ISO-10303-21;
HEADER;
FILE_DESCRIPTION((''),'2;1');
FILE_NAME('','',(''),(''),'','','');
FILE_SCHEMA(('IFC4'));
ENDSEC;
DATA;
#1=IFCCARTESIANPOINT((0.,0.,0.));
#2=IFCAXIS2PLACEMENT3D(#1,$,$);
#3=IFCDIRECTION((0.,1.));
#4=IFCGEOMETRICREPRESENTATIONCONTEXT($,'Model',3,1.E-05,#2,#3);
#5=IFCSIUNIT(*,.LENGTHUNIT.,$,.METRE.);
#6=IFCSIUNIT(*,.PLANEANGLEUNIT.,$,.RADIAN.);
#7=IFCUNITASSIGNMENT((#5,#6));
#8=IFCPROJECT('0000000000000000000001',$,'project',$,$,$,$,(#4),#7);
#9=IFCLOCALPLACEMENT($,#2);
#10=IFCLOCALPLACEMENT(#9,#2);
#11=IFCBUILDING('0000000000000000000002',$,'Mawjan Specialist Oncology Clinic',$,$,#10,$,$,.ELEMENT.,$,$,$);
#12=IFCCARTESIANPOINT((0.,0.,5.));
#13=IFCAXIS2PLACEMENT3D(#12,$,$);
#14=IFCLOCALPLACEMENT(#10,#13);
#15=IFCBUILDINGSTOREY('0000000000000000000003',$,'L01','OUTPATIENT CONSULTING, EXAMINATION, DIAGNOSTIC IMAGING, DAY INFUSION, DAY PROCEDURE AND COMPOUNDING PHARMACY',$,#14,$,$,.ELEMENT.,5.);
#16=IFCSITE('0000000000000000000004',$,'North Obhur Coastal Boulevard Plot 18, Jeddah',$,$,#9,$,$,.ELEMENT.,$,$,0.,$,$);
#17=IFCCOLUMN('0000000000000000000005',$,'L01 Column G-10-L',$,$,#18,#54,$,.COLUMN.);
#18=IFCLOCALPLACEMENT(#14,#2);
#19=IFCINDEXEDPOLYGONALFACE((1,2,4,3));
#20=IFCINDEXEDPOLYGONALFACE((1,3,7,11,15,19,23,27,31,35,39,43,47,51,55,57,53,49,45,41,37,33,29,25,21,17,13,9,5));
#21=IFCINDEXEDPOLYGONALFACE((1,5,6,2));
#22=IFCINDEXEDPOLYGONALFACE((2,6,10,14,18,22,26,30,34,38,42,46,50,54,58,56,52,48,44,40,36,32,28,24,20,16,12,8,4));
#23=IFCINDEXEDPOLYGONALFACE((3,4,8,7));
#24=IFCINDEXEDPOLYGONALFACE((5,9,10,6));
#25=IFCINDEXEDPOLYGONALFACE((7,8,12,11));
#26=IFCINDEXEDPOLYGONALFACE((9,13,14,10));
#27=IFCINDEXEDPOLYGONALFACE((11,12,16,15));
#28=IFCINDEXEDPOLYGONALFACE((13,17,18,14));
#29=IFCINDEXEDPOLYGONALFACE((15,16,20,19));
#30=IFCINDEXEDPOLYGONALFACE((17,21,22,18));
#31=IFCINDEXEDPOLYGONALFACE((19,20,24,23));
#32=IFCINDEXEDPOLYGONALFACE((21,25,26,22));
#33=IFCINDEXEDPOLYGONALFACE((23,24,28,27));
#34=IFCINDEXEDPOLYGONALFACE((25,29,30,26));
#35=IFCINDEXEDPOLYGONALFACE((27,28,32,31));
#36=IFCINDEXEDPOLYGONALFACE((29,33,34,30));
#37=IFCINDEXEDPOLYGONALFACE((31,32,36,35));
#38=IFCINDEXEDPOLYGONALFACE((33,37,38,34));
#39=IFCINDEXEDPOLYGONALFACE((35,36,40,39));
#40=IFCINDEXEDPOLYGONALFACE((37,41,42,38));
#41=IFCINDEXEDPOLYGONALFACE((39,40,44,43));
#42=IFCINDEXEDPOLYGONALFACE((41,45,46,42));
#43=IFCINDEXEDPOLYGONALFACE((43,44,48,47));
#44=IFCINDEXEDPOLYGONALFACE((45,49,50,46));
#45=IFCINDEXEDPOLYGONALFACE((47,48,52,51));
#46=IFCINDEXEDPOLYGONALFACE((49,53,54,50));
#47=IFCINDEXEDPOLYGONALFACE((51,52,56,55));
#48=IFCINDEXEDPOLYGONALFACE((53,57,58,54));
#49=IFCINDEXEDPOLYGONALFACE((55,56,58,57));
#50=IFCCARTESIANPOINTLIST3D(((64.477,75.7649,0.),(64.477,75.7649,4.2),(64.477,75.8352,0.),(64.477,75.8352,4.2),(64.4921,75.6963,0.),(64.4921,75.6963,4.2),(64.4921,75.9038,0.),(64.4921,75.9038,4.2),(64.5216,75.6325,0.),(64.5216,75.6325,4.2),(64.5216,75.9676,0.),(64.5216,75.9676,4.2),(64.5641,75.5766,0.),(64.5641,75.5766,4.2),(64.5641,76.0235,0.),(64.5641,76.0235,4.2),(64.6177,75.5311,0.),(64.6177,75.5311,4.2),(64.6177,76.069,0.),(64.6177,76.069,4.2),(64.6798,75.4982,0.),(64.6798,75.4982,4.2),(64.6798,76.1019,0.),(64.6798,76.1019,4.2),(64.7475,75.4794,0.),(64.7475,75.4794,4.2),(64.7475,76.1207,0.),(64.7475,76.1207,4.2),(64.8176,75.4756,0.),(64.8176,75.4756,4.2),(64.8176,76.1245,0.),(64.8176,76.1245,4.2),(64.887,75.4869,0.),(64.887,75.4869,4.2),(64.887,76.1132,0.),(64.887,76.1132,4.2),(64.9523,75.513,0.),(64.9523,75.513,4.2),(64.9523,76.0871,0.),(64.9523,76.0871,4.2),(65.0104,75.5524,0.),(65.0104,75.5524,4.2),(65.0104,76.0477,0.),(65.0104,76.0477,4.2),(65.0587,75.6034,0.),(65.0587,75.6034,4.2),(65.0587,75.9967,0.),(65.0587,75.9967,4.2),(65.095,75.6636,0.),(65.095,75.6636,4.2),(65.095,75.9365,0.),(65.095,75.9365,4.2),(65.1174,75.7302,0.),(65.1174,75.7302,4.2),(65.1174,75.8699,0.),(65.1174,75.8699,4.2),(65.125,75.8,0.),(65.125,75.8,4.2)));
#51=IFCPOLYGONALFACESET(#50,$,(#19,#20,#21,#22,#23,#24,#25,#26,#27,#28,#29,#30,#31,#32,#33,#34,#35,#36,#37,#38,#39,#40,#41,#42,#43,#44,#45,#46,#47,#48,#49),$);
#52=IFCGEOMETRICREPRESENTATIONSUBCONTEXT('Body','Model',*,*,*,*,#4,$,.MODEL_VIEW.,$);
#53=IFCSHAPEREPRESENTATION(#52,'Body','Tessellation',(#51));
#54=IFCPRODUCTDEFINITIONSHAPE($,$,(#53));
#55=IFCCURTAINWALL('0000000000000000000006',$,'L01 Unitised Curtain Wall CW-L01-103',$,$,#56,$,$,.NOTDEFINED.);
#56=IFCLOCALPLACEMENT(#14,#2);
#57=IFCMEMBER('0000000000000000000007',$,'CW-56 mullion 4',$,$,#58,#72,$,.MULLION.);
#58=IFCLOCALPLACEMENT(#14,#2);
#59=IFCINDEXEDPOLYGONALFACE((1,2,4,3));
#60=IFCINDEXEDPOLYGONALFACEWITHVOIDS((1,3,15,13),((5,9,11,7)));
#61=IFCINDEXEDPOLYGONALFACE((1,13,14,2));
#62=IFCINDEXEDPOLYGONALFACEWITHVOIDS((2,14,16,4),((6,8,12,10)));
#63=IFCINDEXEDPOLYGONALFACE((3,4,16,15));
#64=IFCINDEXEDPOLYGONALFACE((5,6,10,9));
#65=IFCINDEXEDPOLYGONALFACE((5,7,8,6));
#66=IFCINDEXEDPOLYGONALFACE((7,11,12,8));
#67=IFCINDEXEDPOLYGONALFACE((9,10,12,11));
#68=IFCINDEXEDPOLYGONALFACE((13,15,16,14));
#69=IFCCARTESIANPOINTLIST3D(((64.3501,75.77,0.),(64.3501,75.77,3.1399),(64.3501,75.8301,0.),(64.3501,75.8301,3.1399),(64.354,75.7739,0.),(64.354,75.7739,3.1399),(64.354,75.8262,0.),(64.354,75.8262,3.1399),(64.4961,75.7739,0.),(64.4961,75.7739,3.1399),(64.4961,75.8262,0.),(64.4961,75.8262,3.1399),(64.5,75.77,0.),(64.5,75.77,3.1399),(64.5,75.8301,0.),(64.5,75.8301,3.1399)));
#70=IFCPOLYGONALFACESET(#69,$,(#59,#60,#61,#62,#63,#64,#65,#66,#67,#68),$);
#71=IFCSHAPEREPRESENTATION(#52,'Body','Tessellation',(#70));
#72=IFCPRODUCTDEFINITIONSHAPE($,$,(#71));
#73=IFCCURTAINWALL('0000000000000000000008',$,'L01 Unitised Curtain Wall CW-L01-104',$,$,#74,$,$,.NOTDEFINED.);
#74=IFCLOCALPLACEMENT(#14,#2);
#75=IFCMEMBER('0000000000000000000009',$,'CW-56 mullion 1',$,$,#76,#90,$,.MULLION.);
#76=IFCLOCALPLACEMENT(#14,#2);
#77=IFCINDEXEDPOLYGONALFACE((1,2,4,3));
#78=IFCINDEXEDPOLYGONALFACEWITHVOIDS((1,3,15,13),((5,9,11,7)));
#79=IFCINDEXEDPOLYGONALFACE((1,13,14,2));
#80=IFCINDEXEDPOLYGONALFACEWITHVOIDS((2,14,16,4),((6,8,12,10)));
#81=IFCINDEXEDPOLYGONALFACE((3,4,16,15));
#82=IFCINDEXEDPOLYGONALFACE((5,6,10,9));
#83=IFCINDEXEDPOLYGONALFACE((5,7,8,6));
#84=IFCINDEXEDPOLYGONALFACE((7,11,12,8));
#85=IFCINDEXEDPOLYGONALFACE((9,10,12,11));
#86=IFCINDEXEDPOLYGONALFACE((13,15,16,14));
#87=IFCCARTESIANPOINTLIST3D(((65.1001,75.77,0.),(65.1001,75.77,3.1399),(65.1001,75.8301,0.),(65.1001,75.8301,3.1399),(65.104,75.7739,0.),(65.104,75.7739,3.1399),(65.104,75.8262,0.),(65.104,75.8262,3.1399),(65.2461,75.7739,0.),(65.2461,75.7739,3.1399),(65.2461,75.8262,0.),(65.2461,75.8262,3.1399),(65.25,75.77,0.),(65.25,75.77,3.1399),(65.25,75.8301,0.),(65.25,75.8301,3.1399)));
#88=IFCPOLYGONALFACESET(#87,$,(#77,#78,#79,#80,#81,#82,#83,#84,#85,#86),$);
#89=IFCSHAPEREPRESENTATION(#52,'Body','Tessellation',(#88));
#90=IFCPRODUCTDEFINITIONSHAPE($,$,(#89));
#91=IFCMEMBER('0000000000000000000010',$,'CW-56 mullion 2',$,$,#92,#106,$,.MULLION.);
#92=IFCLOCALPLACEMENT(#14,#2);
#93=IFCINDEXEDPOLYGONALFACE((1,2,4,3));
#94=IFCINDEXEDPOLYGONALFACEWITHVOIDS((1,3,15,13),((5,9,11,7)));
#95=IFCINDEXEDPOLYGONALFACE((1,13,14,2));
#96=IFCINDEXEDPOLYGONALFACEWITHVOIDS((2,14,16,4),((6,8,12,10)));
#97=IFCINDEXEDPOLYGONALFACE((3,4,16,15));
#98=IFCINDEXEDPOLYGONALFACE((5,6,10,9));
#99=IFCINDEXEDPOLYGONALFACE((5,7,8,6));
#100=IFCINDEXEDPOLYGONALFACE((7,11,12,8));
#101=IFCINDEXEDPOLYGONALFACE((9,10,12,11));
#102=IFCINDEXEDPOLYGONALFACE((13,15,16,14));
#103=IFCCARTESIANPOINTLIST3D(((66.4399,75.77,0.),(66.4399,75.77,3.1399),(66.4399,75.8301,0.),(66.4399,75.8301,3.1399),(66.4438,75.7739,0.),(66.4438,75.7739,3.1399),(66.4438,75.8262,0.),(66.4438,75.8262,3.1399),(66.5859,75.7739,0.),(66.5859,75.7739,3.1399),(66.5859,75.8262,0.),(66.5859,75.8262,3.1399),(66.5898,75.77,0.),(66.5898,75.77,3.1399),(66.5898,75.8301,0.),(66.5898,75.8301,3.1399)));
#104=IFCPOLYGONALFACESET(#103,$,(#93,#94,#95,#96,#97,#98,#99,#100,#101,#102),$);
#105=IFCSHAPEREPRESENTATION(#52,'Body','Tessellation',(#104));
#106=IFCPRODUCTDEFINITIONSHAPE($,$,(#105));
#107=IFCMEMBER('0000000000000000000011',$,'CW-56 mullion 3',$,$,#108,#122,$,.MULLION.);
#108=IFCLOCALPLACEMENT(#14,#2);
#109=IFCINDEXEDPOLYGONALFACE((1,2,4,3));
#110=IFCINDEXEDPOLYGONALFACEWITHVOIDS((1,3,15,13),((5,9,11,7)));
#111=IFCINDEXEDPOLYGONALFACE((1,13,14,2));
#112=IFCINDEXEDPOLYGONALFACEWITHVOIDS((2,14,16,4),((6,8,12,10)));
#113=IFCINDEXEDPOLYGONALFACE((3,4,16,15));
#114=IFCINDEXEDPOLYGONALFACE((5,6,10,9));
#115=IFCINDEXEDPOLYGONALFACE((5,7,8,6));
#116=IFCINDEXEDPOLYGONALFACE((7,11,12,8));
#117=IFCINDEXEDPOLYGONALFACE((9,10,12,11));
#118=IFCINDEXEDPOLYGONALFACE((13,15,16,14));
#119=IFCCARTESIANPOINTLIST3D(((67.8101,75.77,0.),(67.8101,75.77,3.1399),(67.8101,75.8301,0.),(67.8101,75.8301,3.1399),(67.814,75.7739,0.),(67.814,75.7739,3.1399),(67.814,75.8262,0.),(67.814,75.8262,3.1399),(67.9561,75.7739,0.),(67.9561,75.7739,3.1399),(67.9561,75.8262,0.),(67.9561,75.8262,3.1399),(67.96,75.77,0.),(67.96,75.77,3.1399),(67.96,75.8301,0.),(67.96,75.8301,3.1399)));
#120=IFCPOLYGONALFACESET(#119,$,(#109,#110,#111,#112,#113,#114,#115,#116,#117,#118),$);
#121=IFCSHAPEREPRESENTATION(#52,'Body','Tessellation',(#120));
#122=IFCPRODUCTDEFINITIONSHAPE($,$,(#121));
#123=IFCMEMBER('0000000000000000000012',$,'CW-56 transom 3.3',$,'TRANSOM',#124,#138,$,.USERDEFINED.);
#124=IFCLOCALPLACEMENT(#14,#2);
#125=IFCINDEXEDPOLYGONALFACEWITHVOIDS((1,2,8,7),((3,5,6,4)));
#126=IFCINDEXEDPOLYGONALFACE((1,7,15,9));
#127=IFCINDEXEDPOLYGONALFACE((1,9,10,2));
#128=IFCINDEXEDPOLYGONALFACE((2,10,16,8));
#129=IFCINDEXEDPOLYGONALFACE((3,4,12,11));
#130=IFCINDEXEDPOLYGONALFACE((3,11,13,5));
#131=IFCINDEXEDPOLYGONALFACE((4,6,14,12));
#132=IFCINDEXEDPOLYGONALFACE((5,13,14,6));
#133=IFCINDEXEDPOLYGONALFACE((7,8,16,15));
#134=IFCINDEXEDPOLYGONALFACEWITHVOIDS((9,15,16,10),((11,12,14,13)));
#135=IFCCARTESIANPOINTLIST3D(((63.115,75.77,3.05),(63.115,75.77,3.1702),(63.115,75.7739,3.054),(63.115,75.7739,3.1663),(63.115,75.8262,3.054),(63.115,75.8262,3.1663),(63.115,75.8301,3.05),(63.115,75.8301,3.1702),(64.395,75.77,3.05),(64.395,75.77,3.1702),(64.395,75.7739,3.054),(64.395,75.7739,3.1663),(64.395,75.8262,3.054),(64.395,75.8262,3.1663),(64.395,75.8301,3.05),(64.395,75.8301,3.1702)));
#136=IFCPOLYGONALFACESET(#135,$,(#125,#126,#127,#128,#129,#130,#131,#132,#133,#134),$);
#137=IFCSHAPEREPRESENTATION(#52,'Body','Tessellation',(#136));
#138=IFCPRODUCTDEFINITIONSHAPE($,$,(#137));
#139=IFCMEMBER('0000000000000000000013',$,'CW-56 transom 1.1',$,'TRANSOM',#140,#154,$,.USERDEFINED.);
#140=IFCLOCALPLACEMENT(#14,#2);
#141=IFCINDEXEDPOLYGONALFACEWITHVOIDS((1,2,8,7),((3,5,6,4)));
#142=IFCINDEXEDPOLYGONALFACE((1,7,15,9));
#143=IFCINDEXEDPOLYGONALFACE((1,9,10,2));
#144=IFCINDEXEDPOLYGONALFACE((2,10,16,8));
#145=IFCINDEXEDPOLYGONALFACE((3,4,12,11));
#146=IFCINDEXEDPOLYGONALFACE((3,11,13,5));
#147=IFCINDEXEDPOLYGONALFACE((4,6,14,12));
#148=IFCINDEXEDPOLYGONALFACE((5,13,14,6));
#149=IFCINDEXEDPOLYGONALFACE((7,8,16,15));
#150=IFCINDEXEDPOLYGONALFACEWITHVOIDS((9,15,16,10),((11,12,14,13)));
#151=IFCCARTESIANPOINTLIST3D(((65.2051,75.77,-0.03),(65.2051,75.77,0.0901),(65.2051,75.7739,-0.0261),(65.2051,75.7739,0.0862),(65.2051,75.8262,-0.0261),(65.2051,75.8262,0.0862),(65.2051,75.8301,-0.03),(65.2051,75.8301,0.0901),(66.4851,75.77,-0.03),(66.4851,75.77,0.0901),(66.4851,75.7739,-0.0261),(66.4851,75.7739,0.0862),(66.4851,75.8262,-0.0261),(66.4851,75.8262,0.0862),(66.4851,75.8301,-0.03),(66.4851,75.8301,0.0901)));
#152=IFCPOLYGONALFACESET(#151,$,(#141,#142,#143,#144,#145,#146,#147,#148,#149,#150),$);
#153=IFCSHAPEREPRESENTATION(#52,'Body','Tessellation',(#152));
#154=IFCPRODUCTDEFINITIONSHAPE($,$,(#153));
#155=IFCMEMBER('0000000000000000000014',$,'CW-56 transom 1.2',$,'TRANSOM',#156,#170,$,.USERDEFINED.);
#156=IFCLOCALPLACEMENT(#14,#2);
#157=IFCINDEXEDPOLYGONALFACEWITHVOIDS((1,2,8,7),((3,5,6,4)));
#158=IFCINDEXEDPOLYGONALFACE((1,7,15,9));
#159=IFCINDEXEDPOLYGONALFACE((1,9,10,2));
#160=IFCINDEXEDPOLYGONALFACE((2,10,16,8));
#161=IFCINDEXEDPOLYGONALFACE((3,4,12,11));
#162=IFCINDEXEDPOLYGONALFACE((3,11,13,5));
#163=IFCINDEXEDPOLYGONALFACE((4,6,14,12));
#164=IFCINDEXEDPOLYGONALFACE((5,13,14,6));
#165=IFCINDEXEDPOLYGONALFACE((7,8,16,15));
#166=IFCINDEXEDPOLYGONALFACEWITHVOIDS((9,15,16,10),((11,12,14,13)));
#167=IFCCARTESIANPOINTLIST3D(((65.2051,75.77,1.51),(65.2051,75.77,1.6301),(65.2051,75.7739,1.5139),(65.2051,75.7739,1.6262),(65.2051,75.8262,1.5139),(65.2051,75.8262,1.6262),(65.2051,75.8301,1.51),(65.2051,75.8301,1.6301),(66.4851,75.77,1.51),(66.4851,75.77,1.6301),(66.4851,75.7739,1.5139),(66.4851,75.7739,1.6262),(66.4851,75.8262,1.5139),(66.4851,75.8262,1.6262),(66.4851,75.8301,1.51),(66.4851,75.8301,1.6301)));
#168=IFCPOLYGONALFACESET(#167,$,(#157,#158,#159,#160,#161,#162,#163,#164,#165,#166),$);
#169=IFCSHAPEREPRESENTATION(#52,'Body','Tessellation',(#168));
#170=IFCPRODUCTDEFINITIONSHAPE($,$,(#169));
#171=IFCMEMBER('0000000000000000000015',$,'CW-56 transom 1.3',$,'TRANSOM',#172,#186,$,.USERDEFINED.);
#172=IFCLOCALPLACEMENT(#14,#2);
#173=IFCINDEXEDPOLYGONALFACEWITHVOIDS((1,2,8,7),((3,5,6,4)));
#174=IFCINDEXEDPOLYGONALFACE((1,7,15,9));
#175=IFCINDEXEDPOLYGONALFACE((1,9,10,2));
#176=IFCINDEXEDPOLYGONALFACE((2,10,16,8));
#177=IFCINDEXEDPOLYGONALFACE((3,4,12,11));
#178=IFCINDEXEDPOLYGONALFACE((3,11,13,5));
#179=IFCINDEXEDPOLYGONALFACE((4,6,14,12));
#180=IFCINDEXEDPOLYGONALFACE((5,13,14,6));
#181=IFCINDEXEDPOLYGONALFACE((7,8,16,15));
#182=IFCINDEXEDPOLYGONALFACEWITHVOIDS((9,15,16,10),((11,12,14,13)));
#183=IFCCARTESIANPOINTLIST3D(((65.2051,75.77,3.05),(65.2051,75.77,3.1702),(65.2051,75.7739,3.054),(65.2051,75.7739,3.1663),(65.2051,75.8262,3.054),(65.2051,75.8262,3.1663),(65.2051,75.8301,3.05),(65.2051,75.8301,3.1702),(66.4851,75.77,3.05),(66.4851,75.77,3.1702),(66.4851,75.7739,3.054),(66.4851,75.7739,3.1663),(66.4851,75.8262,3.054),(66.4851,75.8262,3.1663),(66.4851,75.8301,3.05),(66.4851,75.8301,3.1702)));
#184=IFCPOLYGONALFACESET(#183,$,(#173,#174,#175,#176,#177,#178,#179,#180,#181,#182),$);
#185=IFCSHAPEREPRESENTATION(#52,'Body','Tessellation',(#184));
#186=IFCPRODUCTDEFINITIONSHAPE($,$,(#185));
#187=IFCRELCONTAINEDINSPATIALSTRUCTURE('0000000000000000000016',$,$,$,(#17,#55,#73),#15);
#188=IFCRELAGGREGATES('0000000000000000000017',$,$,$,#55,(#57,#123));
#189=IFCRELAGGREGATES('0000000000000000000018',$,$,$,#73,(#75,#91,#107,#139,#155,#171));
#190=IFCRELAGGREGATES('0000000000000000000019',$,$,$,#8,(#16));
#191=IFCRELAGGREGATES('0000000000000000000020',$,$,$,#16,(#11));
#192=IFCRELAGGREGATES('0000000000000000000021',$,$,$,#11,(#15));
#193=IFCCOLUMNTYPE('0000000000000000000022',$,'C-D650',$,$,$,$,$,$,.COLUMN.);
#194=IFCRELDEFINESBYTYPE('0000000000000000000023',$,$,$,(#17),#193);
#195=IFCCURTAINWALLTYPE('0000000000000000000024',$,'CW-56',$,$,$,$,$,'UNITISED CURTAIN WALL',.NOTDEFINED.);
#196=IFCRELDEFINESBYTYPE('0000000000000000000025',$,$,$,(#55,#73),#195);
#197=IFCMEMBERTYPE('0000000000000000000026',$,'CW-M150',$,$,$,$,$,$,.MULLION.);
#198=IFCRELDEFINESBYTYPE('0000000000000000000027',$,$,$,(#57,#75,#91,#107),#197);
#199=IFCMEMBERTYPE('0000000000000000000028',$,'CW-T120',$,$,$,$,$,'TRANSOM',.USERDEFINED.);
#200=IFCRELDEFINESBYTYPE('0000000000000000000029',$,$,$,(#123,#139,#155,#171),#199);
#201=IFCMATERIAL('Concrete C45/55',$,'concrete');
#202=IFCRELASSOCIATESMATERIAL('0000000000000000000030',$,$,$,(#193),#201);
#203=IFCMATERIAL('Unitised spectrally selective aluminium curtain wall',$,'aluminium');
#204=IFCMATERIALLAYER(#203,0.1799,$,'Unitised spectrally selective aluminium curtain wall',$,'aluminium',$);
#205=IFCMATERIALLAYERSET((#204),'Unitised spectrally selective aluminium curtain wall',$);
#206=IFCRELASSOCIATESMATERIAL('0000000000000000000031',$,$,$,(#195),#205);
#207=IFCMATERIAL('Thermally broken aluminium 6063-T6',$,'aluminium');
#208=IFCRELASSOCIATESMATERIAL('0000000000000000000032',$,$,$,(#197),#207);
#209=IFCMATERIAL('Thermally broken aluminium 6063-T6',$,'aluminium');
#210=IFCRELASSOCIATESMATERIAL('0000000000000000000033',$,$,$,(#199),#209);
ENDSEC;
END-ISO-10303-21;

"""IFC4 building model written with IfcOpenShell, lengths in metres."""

from ifc_helpers import new_model, si_unit, direction, frame, origin, origin_2d, place, context, subcontext, project, spatial, hollow_rectangle, circle, extrude, material, layer, layer_set, material_profile, profile_set, type_object, element, aggregate, save


model = new_model("IFC4")

# Units and contexts
model_context = context("Model", 3, precision=1e-05, world=origin(), true_north=direction((0.0, 1.0)))
body_context = subcontext(model_context, "Body", "Model", "MODEL_VIEW")
ifc_project = project(units=[si_unit("LENGTHUNIT", "METRE"), si_unit("PLANEANGLEUNIT", "RADIAN")], contexts=[model_context])

# Site, building, storey
site_placement = place(None, origin())
site = spatial("IfcSite", under=ifc_project, at=site_placement, Name="North Obhur Coastal Boulevard Plot 18, Jeddah", CompositionType="ELEMENT", RefElevation=0.0)
building_placement = place(site_placement, origin())
building = spatial("IfcBuilding", under=site, at=building_placement, Name="Mawjan Specialist Oncology Clinic", CompositionType="ELEMENT")
storey_placement = place(building_placement, frame((0.0, 0.0, 5.0)))
storey = spatial("IfcBuildingStorey", under=building, at=storey_placement, Name="L01", Description="OUTPATIENT CONSULTING, EXAMINATION, DIAGNOSTIC IMAGING, DAY INFUSION, DAY PROCEDURE AND COMPOUNDING PHARMACY", CompositionType="ELEMENT", Elevation=5.0)

# Column
ifc_material_1 = material(Name="Concrete C45/55", Category="concrete")
ifc_material_profile_1 = material_profile(ifc_material_1, circle(Radius=0.325, at=origin_2d()), Name="RC COL D650", Category="concrete")
ifc_profile_set_1 = profile_set([ifc_material_profile_1], Name="Concrete C45/55")
column_type = type_object("IfcColumnType", Name="C-D650", PredefinedType="COLUMN", material=ifc_profile_set_1)
column_placement = place(storey_placement, frame((64.8, 75.8, 0.0), z_axis=(0.0, 0.0, 1.0), x_axis=(1.0, 0.0, 0.0)))
element("IfcColumn", 1, at=column_placement, inside=storey, type_object=column_type, Name="L01 Column G-10-L", PredefinedType="COLUMN", context=body_context, shape_type="SweptSolid", body=[
    extrude(circle(Radius=0.325, at=origin_2d()), origin(), (0.0, 0.0, 1.0), 4.2),
])

# Curtain wall, member
ifc_material_2 = material(Name="Unitised spectrally selective aluminium curtain wall", Category="aluminium")
ifc_layer_1 = layer(ifc_material_2, 0.1799, Name="Unitised spectrally selective aluminium curtain wall", Category="aluminium")
ifc_layer_set_1 = layer_set([ifc_layer_1], Name="Unitised spectrally selective aluminium curtain wall")
curtain_wall_type_1 = type_object("IfcCurtainWallType", Name="CW-56", ElementType="UNITISED CURTAIN WALL", PredefinedType="NOTDEFINED", material=ifc_layer_set_1)
curtain_wall_1_placement = place(storey_placement, origin())
curtain_wall_1 = element("IfcCurtainWall", 2, at=curtain_wall_1_placement, inside=storey, type_object=curtain_wall_type_1, Name="L01 Unitised Curtain Wall CW-L01-103", PredefinedType="NOTDEFINED")
ifc_material_3 = material(Name="Thermally broken aluminium 6063-T6", Category="aluminium")
ifc_material_profile_2 = material_profile(ifc_material_3, hollow_rectangle(XDim=0.0601, YDim=0.1499, WallThickness=0.0039, at=origin_2d()), Name="ALU MULLION 150x60x4", Category="aluminium")
ifc_profile_set_2 = profile_set([ifc_material_profile_2], Name="Thermally broken aluminium 6063-T6")
member_type_1 = type_object("IfcMemberType", Name="CW-M150", PredefinedType="MULLION", material=ifc_profile_set_2)
member_1_placement = place(storey_placement, frame((64.425, 75.8, 0.0), z_axis=(0.0, 0.0, 1.0), x_axis=(0.0, 1.0, 0.0)))
member_1 = element("IfcMember", 3, at=member_1_placement, type_object=member_type_1, Name="CW-56 mullion 4", PredefinedType="MULLION", context=body_context, shape_type="SweptSolid", body=[
    extrude(hollow_rectangle(XDim=0.0601, YDim=0.1499, WallThickness=0.0039, at=origin_2d()), origin(), (0.0, 0.0, 1.0), 3.1399),
])

# Curtain wall, members
curtain_wall_2_placement = place(storey_placement, origin())
curtain_wall_2 = element("IfcCurtainWall", 4, at=curtain_wall_2_placement, inside=storey, type_object=curtain_wall_type_1, Name="L01 Unitised Curtain Wall CW-L01-104", PredefinedType="NOTDEFINED")
member_2_placement = place(storey_placement, frame((65.175, 75.8, 0.0), z_axis=(0.0, 0.0, 1.0), x_axis=(0.0, 1.0, 0.0)))
member_2 = element("IfcMember", 5, at=member_2_placement, type_object=member_type_1, Name="CW-56 mullion 1", PredefinedType="MULLION", context=body_context, shape_type="SweptSolid", body=[
    extrude(hollow_rectangle(XDim=0.0601, YDim=0.1499, WallThickness=0.0039, at=origin_2d()), origin(), (0.0, 0.0, 1.0), 3.1399),
])
member_3_placement = place(storey_placement, frame((66.5149, 75.8, 0.0), z_axis=(0.0, 0.0, 1.0), x_axis=(0.0, 1.0, 0.0)))
member_3 = element("IfcMember", 6, at=member_3_placement, type_object=member_type_1, Name="CW-56 mullion 2", PredefinedType="MULLION", context=body_context, shape_type="SweptSolid", body=[
    extrude(hollow_rectangle(XDim=0.0601, YDim=0.1499, WallThickness=0.0039, at=origin_2d()), origin(), (0.0, 0.0, 1.0), 3.1399),
])
member_4_placement = place(storey_placement, frame((67.885, 75.8, 0.0), z_axis=(0.0, 0.0, 1.0), x_axis=(0.0, 1.0, 0.0)))
member_4 = element("IfcMember", 7, at=member_4_placement, type_object=member_type_1, Name="CW-56 mullion 3", PredefinedType="MULLION", context=body_context, shape_type="SweptSolid", body=[
    extrude(hollow_rectangle(XDim=0.0601, YDim=0.1499, WallThickness=0.0039, at=origin_2d()), origin(), (0.0, 0.0, 1.0), 3.1399),
])

# Members
ifc_material_4 = material(Name="Thermally broken aluminium 6063-T6", Category="aluminium")
ifc_material_profile_3 = material_profile(ifc_material_4, hollow_rectangle(XDim=0.0601, YDim=0.1201, WallThickness=0.0039, at=origin_2d()), Name="ALU TRANSOM 120x60x4", Category="aluminium")
ifc_profile_set_3 = profile_set([ifc_material_profile_3], Name="Thermally broken aluminium 6063-T6")
member_type_2 = type_object("IfcMemberType", Name="CW-T120", ElementType="TRANSOM", PredefinedType="USERDEFINED", material=ifc_profile_set_3)
member_5_placement = place(storey_placement, frame((63.115, 75.8, 3.1101), z_axis=(1.0, 0.0, 0.0), x_axis=(0.0, 1.0, 0.0)))
member_5 = element("IfcMember", 8, at=member_5_placement, type_object=member_type_2, Name="CW-56 transom 3.3", ObjectType="TRANSOM", PredefinedType="USERDEFINED", context=body_context, shape_type="SweptSolid", body=[
    extrude(hollow_rectangle(XDim=0.0601, YDim=0.1201, WallThickness=0.0039, at=origin_2d()), origin(), (0.0, 0.0, 1.0), 1.28),
])
member_6_placement = place(storey_placement, frame((65.2051, 75.8, 0.03), z_axis=(1.0, 0.0, 0.0), x_axis=(0.0, 1.0, 0.0)))
member_6 = element("IfcMember", 9, at=member_6_placement, type_object=member_type_2, Name="CW-56 transom 1.1", ObjectType="TRANSOM", PredefinedType="USERDEFINED", context=body_context, shape_type="SweptSolid", body=[
    extrude(hollow_rectangle(XDim=0.0601, YDim=0.1201, WallThickness=0.0039, at=origin_2d()), origin(), (0.0, 0.0, 1.0), 1.28),
])
member_7_placement = place(storey_placement, frame((65.2051, 75.8, 1.5701), z_axis=(1.0, 0.0, 0.0), x_axis=(0.0, 1.0, 0.0)))
member_7 = element("IfcMember", 10, at=member_7_placement, type_object=member_type_2, Name="CW-56 transom 1.2", ObjectType="TRANSOM", PredefinedType="USERDEFINED", context=body_context, shape_type="SweptSolid", body=[
    extrude(hollow_rectangle(XDim=0.0601, YDim=0.1201, WallThickness=0.0039, at=origin_2d()), origin(), (0.0, 0.0, 1.0), 1.28),
])
member_8_placement = place(storey_placement, frame((65.2051, 75.8, 3.1101), z_axis=(1.0, 0.0, 0.0), x_axis=(0.0, 1.0, 0.0)))
member_8 = element("IfcMember", 11, at=member_8_placement, type_object=member_type_2, Name="CW-56 transom 1.3", ObjectType="TRANSOM", PredefinedType="USERDEFINED", context=body_context, shape_type="SweptSolid", body=[
    extrude(hollow_rectangle(XDim=0.0601, YDim=0.1201, WallThickness=0.0039, at=origin_2d()), origin(), (0.0, 0.0, 1.0), 1.28),
])

aggregate(curtain_wall_1, [member_1, member_5])
aggregate(curtain_wall_2, [member_2, member_3, member_4, member_6, member_7, member_8])

save(model, "model.ifc")
